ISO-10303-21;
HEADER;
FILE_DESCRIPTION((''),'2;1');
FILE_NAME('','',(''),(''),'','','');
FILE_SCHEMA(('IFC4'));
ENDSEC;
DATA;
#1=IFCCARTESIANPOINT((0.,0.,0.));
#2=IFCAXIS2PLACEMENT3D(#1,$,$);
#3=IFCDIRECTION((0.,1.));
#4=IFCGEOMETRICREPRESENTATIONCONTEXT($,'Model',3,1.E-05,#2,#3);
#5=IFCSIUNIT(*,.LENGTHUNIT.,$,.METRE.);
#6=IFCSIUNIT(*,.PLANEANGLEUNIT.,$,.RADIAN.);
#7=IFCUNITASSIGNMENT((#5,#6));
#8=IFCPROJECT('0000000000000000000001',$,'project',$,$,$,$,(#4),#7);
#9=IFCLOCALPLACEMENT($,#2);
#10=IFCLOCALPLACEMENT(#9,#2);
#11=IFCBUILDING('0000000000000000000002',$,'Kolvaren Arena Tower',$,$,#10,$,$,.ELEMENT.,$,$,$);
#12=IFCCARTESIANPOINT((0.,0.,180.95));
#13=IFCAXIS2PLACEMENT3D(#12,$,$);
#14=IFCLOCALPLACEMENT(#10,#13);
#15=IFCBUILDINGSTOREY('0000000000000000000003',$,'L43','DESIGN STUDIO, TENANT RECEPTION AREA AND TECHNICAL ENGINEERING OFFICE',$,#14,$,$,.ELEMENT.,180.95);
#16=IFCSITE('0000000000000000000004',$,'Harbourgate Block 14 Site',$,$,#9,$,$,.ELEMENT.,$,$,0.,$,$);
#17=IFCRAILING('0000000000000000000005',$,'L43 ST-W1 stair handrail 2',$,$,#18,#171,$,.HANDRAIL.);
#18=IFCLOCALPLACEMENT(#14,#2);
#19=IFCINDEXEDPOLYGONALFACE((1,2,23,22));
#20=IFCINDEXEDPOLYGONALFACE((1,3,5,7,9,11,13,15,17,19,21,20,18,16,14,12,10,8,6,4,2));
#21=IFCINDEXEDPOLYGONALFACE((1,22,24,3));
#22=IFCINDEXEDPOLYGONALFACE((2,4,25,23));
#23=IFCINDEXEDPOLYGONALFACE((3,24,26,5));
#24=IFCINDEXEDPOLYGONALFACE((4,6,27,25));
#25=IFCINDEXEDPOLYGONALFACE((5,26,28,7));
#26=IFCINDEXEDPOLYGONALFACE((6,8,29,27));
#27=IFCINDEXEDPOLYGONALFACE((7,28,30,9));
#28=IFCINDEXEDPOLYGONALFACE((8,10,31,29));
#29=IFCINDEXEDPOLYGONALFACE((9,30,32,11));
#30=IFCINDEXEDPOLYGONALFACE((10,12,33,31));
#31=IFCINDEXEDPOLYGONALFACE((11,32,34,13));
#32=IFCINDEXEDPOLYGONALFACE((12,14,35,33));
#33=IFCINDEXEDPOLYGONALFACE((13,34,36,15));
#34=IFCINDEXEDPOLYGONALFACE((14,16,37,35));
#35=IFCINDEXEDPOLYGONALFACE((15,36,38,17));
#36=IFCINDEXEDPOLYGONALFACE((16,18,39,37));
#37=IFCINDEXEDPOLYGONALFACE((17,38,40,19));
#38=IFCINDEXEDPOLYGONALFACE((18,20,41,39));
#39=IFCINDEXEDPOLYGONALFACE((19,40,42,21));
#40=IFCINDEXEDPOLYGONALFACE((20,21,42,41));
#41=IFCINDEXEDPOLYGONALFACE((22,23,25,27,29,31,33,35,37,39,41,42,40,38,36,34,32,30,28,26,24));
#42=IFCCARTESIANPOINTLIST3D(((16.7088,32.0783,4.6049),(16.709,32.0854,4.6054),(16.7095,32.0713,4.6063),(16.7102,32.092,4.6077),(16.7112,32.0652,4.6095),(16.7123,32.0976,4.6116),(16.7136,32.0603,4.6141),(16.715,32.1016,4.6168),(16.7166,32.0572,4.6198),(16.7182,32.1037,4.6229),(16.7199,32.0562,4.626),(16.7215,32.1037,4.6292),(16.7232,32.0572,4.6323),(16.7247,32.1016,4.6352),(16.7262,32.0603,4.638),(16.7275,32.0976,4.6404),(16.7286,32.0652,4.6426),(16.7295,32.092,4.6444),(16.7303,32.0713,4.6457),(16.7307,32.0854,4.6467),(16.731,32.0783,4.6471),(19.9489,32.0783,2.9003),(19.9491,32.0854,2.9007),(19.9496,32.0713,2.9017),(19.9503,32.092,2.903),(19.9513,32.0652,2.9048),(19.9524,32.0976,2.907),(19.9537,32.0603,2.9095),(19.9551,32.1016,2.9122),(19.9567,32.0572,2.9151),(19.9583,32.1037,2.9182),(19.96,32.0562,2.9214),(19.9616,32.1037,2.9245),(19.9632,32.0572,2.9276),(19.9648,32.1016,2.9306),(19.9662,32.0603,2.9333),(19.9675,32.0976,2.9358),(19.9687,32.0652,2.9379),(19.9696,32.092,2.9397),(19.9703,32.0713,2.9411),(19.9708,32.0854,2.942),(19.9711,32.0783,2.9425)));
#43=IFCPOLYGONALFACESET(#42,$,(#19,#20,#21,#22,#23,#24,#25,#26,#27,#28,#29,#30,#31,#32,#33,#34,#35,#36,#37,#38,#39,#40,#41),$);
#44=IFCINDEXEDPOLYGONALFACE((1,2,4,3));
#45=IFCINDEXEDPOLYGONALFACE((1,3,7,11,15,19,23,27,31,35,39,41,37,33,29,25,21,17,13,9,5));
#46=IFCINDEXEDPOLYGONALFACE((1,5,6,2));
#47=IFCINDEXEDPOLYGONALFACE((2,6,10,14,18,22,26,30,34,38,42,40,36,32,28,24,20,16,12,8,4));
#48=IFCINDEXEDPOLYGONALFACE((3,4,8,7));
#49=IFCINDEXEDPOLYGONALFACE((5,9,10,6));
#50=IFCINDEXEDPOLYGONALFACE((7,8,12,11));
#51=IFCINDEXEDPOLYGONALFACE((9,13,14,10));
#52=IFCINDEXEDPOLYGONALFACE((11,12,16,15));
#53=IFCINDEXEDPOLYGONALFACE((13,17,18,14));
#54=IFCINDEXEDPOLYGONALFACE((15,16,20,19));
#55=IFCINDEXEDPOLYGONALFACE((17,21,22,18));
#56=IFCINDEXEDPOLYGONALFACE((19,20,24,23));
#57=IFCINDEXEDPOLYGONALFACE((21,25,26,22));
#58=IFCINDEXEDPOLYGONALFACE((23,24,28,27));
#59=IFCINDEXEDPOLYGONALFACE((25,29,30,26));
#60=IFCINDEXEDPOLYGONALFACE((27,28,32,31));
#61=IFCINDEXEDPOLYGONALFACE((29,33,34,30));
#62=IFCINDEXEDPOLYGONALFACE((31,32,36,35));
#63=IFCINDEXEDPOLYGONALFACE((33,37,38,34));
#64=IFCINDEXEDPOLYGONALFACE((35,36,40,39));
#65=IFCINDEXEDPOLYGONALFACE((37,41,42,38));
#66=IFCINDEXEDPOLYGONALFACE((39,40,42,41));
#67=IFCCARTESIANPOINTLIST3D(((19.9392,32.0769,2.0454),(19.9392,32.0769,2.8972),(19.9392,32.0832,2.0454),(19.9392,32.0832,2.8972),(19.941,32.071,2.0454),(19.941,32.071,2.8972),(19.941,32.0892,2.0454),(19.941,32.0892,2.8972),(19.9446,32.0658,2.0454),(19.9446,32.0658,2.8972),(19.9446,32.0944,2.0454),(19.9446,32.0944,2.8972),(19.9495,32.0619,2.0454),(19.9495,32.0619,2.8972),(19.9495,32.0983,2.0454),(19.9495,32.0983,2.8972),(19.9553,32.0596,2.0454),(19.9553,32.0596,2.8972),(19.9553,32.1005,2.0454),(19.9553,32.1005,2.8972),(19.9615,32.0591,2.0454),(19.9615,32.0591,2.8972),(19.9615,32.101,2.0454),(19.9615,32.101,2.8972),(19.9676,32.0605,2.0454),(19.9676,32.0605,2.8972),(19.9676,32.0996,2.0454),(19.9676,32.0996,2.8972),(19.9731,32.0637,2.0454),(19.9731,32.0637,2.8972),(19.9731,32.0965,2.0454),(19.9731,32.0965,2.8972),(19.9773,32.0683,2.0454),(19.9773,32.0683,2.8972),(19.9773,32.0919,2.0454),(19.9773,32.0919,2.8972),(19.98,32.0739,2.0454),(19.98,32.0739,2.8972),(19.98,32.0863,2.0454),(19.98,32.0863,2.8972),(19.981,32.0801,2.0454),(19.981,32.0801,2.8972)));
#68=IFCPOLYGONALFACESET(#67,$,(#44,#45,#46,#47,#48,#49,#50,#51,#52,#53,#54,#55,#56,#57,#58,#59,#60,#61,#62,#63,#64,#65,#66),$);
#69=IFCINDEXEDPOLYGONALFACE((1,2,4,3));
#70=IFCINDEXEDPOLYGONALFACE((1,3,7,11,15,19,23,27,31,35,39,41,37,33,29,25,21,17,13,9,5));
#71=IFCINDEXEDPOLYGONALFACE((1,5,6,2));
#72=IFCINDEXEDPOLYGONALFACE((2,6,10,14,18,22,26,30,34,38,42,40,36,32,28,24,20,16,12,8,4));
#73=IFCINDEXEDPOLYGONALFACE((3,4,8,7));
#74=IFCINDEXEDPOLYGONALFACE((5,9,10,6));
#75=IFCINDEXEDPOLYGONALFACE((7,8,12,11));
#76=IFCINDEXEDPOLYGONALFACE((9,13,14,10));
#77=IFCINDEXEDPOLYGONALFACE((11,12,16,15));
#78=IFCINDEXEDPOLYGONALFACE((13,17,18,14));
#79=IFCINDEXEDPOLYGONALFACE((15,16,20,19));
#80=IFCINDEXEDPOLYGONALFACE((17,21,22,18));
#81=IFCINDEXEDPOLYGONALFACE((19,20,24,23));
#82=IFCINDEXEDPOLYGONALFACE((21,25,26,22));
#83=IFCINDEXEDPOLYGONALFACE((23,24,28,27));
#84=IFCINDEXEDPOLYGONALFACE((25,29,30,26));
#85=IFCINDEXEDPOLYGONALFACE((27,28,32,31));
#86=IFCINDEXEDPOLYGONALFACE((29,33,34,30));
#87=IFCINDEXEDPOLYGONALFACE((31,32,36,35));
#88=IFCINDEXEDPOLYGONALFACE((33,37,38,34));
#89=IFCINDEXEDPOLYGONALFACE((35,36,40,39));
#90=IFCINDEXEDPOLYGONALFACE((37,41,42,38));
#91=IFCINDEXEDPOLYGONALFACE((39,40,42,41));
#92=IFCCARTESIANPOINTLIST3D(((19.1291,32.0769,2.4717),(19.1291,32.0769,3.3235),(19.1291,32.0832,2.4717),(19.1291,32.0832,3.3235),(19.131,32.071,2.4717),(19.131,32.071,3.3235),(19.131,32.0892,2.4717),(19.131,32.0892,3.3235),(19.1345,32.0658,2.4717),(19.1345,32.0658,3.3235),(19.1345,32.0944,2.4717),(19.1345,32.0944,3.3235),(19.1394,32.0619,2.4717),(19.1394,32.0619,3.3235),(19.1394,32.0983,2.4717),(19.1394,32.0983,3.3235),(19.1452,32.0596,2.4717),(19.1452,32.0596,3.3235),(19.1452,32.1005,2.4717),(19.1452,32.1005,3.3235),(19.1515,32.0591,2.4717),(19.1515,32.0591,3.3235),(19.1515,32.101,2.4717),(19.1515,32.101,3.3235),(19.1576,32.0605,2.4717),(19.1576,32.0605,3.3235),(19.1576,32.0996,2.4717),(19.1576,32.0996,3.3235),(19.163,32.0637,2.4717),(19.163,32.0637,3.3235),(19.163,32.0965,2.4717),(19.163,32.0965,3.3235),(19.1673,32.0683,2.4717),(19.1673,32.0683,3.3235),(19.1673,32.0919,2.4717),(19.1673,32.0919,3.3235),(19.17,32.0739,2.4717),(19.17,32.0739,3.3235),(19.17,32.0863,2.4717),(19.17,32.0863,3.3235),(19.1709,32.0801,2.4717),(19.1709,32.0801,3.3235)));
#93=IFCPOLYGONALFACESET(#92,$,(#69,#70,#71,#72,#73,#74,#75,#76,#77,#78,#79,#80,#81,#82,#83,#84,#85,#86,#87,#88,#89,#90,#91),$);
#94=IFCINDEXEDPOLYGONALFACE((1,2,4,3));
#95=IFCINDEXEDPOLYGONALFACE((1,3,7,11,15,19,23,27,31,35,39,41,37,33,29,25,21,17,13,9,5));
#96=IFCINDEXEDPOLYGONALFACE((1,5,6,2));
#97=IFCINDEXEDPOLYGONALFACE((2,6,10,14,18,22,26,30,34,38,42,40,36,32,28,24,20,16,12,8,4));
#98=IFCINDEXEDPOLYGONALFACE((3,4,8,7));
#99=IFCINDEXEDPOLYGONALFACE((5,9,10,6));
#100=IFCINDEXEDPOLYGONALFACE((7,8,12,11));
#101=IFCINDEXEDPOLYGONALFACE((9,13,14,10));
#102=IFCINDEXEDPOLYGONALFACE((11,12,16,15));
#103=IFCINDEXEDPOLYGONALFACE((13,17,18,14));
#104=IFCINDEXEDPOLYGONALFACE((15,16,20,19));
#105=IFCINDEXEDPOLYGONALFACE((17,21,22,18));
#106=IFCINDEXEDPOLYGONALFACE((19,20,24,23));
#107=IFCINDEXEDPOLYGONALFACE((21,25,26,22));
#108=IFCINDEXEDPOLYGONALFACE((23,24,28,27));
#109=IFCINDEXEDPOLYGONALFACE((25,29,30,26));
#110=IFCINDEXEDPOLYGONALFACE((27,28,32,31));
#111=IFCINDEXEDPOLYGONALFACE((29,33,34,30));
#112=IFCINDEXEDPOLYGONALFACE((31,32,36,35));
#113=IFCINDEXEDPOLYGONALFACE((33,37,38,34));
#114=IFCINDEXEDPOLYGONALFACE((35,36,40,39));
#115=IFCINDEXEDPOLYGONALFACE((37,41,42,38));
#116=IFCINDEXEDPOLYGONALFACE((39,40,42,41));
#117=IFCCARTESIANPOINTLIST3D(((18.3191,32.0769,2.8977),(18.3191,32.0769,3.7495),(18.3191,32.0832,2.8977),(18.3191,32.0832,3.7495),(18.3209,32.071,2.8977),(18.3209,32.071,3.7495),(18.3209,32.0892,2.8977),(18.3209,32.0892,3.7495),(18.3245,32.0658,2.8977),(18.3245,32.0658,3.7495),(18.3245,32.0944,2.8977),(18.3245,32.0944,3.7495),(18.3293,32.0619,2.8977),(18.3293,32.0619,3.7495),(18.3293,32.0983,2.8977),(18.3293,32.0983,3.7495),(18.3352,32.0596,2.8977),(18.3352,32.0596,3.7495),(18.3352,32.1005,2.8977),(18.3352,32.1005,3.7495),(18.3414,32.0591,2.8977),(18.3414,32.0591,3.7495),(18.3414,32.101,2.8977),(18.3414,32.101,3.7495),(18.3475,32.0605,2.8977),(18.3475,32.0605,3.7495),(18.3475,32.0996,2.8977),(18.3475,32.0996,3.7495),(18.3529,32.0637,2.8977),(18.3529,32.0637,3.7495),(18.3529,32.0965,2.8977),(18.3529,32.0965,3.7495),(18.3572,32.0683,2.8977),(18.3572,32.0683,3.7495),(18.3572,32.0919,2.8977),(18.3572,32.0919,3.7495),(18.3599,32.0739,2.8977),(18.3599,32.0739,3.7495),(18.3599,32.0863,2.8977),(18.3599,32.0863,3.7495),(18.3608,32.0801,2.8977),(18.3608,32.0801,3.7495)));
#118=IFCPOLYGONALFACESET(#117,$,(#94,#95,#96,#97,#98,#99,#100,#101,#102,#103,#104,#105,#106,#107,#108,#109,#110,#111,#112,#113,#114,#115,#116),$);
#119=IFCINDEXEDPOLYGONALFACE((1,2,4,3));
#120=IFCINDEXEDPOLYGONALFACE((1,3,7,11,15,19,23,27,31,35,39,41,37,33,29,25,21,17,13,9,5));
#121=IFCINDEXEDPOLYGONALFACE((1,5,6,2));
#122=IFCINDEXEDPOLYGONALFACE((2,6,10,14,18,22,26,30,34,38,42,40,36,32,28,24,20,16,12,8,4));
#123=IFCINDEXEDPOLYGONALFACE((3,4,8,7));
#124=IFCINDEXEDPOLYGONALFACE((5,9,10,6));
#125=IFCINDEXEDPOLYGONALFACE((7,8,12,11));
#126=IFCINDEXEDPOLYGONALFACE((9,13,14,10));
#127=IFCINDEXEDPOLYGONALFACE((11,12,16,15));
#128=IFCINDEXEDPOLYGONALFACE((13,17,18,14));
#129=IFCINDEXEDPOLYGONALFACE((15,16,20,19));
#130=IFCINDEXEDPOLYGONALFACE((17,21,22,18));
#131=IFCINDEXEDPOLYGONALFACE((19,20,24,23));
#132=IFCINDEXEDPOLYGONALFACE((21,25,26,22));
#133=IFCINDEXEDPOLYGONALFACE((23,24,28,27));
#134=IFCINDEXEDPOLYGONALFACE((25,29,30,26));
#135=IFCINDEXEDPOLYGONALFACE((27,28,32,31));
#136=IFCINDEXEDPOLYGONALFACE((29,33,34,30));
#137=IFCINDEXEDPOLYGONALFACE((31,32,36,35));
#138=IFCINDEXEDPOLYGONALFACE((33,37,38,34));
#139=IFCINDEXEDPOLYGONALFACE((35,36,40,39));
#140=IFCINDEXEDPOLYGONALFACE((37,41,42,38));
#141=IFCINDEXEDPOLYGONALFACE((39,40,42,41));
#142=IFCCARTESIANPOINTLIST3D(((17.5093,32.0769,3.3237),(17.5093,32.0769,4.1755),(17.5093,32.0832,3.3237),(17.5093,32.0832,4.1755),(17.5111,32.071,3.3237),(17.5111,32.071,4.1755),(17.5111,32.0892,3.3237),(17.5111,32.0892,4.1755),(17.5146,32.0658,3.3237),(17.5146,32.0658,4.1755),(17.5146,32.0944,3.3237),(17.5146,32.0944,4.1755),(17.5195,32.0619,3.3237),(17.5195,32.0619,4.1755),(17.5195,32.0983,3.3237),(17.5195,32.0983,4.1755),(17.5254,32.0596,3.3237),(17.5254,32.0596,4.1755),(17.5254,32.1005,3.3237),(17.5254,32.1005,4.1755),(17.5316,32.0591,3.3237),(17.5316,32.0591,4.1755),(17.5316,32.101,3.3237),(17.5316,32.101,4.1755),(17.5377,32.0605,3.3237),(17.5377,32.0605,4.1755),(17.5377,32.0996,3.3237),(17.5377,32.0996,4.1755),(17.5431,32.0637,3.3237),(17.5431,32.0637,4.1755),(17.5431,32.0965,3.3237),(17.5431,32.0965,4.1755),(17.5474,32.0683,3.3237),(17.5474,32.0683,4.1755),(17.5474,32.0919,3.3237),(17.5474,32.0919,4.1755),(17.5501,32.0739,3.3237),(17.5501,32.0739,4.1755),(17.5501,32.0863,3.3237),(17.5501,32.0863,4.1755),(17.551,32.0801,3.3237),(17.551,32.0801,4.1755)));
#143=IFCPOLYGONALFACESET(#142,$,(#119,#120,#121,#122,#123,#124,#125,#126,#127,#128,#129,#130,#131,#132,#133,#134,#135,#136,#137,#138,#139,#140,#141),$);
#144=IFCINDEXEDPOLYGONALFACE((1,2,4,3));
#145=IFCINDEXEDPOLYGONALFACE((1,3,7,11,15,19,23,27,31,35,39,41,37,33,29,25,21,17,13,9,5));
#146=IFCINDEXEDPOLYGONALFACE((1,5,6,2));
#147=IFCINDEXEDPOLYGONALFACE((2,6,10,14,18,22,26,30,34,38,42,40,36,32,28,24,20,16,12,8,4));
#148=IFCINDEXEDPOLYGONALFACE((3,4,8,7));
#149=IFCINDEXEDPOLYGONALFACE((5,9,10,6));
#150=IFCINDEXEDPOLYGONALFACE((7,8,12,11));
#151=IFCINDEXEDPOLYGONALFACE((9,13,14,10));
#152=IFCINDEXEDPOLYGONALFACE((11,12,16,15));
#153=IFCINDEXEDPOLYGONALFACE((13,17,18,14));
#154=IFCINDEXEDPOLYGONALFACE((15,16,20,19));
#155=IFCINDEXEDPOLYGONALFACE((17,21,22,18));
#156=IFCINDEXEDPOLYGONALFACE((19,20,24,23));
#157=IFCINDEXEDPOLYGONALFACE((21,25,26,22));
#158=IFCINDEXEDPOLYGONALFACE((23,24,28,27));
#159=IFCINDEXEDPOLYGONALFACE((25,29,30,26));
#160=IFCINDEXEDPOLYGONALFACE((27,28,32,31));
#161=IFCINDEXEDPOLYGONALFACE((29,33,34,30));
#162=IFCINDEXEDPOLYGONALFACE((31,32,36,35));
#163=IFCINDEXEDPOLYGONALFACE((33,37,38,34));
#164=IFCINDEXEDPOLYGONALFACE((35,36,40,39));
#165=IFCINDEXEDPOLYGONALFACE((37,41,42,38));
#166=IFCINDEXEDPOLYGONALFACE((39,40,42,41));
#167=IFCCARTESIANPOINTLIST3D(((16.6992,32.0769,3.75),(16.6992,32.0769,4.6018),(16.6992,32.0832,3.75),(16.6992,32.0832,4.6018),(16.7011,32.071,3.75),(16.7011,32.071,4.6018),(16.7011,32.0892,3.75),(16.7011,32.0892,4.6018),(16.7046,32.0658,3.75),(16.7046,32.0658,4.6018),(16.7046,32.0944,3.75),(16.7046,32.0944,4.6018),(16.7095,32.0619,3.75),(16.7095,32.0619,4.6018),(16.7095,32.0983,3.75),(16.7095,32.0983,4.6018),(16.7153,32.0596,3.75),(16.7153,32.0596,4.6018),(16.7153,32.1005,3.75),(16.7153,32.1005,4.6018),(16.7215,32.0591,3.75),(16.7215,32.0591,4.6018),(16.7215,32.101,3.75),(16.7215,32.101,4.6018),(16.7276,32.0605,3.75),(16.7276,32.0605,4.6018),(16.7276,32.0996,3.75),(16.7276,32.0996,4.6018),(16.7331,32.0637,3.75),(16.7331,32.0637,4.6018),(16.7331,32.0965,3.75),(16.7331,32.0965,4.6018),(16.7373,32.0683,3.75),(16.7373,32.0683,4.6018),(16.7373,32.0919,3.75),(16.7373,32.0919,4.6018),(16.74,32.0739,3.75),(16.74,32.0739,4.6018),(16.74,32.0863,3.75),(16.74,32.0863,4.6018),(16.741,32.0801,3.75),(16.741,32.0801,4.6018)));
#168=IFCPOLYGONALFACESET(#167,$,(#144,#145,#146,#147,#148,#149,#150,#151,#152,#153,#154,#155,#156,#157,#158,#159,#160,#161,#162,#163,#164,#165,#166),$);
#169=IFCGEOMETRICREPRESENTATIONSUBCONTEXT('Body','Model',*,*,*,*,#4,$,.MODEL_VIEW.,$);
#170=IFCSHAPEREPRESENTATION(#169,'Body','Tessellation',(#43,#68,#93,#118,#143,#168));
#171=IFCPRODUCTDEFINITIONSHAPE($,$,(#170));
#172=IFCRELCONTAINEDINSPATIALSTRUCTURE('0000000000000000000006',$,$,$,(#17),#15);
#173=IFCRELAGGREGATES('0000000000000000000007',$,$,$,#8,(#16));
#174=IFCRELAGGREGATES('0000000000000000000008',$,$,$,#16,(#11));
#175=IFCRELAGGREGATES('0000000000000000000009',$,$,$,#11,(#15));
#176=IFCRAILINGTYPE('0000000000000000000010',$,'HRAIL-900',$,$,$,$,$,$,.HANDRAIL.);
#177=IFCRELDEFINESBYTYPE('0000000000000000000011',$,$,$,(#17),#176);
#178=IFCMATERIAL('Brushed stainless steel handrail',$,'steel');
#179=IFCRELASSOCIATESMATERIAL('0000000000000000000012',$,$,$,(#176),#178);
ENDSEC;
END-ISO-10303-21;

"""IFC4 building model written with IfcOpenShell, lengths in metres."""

from ifc_helpers import new_model, si_unit, direction, frame, origin, origin_2d, place, context, subcontext, project, spatial, circle, extrude, material, type_object, element, save


model = new_model("IFC4")

# Units and contexts
model_context = context("Model", 3, precision=1e-05, world=origin(), true_north=direction((0.0, 1.0)))
body_context = subcontext(model_context, "Body", "Model", "MODEL_VIEW")
ifc_project = project(units=[si_unit("LENGTHUNIT", "METRE"), si_unit("PLANEANGLEUNIT", "RADIAN")], contexts=[model_context])

# Site, building, storey
site_placement = place(None, origin())
site = spatial("IfcSite", under=ifc_project, at=site_placement, Name="Harbourgate Block 14 Site", CompositionType="ELEMENT", RefElevation=0.0)
building_placement = place(site_placement, origin())
building = spatial("IfcBuilding", under=site, at=building_placement, Name="Kolvaren Arena Tower", CompositionType="ELEMENT")
storey_placement = place(building_placement, frame((0.0, 0.0, 180.95)))
storey = spatial("IfcBuildingStorey", under=building, at=storey_placement, Name="L43", Description="DESIGN STUDIO, TENANT RECEPTION AREA AND TECHNICAL ENGINEERING OFFICE", CompositionType="ELEMENT", Elevation=180.95)

# Railing
ifc_material_1 = material(Name="Brushed stainless steel handrail", Category="steel")
railing_type_1 = type_object("IfcRailingType", Name="HRAIL-900", PredefinedType="HANDRAIL", material=ifc_material_1)
railing_1_placement = place(storey_placement, frame((19.96, 32.0801, 2.0454)))
element("IfcRailing", 1, at=railing_1_placement, inside=storey, type_object=railing_type_1, Name="L43 ST-W1 stair handrail 2", PredefinedType="HANDRAIL", context=body_context, shape_type="SweptSolid", body=[
    extrude(circle(Radius=0.0239, at=origin_2d()), frame((0.0, 0.0, 0.876), z_axis=(-0.884993, 0.0, 0.465604), x_axis=(0.0, -1.0, 0.0)), (0.0, 0.0, 1.0), 3.6611),
    extrude(circle(Radius=0.021, at=origin_2d()), origin(), (0.0, 0.0, 1.0), 0.8518),
    extrude(circle(Radius=0.021, at=origin_2d()), frame((-0.8101, 0.0, 0.4263)), (0.0, 0.0, 1.0), 0.8518),
    extrude(circle(Radius=0.021, at=origin_2d()), frame((-1.6201, 0.0, 0.8523)), (0.0, 0.0, 1.0), 0.8518),
    extrude(circle(Radius=0.021, at=origin_2d()), frame((-2.4299, 0.0, 1.2783)), (0.0, 0.0, 1.0), 0.8518),
    extrude(circle(Radius=0.021, at=origin_2d()), frame((-3.24, 0.0, 1.7046)), (0.0, 0.0, 1.0), 0.8518),
])

save(model, "model.ifc")
